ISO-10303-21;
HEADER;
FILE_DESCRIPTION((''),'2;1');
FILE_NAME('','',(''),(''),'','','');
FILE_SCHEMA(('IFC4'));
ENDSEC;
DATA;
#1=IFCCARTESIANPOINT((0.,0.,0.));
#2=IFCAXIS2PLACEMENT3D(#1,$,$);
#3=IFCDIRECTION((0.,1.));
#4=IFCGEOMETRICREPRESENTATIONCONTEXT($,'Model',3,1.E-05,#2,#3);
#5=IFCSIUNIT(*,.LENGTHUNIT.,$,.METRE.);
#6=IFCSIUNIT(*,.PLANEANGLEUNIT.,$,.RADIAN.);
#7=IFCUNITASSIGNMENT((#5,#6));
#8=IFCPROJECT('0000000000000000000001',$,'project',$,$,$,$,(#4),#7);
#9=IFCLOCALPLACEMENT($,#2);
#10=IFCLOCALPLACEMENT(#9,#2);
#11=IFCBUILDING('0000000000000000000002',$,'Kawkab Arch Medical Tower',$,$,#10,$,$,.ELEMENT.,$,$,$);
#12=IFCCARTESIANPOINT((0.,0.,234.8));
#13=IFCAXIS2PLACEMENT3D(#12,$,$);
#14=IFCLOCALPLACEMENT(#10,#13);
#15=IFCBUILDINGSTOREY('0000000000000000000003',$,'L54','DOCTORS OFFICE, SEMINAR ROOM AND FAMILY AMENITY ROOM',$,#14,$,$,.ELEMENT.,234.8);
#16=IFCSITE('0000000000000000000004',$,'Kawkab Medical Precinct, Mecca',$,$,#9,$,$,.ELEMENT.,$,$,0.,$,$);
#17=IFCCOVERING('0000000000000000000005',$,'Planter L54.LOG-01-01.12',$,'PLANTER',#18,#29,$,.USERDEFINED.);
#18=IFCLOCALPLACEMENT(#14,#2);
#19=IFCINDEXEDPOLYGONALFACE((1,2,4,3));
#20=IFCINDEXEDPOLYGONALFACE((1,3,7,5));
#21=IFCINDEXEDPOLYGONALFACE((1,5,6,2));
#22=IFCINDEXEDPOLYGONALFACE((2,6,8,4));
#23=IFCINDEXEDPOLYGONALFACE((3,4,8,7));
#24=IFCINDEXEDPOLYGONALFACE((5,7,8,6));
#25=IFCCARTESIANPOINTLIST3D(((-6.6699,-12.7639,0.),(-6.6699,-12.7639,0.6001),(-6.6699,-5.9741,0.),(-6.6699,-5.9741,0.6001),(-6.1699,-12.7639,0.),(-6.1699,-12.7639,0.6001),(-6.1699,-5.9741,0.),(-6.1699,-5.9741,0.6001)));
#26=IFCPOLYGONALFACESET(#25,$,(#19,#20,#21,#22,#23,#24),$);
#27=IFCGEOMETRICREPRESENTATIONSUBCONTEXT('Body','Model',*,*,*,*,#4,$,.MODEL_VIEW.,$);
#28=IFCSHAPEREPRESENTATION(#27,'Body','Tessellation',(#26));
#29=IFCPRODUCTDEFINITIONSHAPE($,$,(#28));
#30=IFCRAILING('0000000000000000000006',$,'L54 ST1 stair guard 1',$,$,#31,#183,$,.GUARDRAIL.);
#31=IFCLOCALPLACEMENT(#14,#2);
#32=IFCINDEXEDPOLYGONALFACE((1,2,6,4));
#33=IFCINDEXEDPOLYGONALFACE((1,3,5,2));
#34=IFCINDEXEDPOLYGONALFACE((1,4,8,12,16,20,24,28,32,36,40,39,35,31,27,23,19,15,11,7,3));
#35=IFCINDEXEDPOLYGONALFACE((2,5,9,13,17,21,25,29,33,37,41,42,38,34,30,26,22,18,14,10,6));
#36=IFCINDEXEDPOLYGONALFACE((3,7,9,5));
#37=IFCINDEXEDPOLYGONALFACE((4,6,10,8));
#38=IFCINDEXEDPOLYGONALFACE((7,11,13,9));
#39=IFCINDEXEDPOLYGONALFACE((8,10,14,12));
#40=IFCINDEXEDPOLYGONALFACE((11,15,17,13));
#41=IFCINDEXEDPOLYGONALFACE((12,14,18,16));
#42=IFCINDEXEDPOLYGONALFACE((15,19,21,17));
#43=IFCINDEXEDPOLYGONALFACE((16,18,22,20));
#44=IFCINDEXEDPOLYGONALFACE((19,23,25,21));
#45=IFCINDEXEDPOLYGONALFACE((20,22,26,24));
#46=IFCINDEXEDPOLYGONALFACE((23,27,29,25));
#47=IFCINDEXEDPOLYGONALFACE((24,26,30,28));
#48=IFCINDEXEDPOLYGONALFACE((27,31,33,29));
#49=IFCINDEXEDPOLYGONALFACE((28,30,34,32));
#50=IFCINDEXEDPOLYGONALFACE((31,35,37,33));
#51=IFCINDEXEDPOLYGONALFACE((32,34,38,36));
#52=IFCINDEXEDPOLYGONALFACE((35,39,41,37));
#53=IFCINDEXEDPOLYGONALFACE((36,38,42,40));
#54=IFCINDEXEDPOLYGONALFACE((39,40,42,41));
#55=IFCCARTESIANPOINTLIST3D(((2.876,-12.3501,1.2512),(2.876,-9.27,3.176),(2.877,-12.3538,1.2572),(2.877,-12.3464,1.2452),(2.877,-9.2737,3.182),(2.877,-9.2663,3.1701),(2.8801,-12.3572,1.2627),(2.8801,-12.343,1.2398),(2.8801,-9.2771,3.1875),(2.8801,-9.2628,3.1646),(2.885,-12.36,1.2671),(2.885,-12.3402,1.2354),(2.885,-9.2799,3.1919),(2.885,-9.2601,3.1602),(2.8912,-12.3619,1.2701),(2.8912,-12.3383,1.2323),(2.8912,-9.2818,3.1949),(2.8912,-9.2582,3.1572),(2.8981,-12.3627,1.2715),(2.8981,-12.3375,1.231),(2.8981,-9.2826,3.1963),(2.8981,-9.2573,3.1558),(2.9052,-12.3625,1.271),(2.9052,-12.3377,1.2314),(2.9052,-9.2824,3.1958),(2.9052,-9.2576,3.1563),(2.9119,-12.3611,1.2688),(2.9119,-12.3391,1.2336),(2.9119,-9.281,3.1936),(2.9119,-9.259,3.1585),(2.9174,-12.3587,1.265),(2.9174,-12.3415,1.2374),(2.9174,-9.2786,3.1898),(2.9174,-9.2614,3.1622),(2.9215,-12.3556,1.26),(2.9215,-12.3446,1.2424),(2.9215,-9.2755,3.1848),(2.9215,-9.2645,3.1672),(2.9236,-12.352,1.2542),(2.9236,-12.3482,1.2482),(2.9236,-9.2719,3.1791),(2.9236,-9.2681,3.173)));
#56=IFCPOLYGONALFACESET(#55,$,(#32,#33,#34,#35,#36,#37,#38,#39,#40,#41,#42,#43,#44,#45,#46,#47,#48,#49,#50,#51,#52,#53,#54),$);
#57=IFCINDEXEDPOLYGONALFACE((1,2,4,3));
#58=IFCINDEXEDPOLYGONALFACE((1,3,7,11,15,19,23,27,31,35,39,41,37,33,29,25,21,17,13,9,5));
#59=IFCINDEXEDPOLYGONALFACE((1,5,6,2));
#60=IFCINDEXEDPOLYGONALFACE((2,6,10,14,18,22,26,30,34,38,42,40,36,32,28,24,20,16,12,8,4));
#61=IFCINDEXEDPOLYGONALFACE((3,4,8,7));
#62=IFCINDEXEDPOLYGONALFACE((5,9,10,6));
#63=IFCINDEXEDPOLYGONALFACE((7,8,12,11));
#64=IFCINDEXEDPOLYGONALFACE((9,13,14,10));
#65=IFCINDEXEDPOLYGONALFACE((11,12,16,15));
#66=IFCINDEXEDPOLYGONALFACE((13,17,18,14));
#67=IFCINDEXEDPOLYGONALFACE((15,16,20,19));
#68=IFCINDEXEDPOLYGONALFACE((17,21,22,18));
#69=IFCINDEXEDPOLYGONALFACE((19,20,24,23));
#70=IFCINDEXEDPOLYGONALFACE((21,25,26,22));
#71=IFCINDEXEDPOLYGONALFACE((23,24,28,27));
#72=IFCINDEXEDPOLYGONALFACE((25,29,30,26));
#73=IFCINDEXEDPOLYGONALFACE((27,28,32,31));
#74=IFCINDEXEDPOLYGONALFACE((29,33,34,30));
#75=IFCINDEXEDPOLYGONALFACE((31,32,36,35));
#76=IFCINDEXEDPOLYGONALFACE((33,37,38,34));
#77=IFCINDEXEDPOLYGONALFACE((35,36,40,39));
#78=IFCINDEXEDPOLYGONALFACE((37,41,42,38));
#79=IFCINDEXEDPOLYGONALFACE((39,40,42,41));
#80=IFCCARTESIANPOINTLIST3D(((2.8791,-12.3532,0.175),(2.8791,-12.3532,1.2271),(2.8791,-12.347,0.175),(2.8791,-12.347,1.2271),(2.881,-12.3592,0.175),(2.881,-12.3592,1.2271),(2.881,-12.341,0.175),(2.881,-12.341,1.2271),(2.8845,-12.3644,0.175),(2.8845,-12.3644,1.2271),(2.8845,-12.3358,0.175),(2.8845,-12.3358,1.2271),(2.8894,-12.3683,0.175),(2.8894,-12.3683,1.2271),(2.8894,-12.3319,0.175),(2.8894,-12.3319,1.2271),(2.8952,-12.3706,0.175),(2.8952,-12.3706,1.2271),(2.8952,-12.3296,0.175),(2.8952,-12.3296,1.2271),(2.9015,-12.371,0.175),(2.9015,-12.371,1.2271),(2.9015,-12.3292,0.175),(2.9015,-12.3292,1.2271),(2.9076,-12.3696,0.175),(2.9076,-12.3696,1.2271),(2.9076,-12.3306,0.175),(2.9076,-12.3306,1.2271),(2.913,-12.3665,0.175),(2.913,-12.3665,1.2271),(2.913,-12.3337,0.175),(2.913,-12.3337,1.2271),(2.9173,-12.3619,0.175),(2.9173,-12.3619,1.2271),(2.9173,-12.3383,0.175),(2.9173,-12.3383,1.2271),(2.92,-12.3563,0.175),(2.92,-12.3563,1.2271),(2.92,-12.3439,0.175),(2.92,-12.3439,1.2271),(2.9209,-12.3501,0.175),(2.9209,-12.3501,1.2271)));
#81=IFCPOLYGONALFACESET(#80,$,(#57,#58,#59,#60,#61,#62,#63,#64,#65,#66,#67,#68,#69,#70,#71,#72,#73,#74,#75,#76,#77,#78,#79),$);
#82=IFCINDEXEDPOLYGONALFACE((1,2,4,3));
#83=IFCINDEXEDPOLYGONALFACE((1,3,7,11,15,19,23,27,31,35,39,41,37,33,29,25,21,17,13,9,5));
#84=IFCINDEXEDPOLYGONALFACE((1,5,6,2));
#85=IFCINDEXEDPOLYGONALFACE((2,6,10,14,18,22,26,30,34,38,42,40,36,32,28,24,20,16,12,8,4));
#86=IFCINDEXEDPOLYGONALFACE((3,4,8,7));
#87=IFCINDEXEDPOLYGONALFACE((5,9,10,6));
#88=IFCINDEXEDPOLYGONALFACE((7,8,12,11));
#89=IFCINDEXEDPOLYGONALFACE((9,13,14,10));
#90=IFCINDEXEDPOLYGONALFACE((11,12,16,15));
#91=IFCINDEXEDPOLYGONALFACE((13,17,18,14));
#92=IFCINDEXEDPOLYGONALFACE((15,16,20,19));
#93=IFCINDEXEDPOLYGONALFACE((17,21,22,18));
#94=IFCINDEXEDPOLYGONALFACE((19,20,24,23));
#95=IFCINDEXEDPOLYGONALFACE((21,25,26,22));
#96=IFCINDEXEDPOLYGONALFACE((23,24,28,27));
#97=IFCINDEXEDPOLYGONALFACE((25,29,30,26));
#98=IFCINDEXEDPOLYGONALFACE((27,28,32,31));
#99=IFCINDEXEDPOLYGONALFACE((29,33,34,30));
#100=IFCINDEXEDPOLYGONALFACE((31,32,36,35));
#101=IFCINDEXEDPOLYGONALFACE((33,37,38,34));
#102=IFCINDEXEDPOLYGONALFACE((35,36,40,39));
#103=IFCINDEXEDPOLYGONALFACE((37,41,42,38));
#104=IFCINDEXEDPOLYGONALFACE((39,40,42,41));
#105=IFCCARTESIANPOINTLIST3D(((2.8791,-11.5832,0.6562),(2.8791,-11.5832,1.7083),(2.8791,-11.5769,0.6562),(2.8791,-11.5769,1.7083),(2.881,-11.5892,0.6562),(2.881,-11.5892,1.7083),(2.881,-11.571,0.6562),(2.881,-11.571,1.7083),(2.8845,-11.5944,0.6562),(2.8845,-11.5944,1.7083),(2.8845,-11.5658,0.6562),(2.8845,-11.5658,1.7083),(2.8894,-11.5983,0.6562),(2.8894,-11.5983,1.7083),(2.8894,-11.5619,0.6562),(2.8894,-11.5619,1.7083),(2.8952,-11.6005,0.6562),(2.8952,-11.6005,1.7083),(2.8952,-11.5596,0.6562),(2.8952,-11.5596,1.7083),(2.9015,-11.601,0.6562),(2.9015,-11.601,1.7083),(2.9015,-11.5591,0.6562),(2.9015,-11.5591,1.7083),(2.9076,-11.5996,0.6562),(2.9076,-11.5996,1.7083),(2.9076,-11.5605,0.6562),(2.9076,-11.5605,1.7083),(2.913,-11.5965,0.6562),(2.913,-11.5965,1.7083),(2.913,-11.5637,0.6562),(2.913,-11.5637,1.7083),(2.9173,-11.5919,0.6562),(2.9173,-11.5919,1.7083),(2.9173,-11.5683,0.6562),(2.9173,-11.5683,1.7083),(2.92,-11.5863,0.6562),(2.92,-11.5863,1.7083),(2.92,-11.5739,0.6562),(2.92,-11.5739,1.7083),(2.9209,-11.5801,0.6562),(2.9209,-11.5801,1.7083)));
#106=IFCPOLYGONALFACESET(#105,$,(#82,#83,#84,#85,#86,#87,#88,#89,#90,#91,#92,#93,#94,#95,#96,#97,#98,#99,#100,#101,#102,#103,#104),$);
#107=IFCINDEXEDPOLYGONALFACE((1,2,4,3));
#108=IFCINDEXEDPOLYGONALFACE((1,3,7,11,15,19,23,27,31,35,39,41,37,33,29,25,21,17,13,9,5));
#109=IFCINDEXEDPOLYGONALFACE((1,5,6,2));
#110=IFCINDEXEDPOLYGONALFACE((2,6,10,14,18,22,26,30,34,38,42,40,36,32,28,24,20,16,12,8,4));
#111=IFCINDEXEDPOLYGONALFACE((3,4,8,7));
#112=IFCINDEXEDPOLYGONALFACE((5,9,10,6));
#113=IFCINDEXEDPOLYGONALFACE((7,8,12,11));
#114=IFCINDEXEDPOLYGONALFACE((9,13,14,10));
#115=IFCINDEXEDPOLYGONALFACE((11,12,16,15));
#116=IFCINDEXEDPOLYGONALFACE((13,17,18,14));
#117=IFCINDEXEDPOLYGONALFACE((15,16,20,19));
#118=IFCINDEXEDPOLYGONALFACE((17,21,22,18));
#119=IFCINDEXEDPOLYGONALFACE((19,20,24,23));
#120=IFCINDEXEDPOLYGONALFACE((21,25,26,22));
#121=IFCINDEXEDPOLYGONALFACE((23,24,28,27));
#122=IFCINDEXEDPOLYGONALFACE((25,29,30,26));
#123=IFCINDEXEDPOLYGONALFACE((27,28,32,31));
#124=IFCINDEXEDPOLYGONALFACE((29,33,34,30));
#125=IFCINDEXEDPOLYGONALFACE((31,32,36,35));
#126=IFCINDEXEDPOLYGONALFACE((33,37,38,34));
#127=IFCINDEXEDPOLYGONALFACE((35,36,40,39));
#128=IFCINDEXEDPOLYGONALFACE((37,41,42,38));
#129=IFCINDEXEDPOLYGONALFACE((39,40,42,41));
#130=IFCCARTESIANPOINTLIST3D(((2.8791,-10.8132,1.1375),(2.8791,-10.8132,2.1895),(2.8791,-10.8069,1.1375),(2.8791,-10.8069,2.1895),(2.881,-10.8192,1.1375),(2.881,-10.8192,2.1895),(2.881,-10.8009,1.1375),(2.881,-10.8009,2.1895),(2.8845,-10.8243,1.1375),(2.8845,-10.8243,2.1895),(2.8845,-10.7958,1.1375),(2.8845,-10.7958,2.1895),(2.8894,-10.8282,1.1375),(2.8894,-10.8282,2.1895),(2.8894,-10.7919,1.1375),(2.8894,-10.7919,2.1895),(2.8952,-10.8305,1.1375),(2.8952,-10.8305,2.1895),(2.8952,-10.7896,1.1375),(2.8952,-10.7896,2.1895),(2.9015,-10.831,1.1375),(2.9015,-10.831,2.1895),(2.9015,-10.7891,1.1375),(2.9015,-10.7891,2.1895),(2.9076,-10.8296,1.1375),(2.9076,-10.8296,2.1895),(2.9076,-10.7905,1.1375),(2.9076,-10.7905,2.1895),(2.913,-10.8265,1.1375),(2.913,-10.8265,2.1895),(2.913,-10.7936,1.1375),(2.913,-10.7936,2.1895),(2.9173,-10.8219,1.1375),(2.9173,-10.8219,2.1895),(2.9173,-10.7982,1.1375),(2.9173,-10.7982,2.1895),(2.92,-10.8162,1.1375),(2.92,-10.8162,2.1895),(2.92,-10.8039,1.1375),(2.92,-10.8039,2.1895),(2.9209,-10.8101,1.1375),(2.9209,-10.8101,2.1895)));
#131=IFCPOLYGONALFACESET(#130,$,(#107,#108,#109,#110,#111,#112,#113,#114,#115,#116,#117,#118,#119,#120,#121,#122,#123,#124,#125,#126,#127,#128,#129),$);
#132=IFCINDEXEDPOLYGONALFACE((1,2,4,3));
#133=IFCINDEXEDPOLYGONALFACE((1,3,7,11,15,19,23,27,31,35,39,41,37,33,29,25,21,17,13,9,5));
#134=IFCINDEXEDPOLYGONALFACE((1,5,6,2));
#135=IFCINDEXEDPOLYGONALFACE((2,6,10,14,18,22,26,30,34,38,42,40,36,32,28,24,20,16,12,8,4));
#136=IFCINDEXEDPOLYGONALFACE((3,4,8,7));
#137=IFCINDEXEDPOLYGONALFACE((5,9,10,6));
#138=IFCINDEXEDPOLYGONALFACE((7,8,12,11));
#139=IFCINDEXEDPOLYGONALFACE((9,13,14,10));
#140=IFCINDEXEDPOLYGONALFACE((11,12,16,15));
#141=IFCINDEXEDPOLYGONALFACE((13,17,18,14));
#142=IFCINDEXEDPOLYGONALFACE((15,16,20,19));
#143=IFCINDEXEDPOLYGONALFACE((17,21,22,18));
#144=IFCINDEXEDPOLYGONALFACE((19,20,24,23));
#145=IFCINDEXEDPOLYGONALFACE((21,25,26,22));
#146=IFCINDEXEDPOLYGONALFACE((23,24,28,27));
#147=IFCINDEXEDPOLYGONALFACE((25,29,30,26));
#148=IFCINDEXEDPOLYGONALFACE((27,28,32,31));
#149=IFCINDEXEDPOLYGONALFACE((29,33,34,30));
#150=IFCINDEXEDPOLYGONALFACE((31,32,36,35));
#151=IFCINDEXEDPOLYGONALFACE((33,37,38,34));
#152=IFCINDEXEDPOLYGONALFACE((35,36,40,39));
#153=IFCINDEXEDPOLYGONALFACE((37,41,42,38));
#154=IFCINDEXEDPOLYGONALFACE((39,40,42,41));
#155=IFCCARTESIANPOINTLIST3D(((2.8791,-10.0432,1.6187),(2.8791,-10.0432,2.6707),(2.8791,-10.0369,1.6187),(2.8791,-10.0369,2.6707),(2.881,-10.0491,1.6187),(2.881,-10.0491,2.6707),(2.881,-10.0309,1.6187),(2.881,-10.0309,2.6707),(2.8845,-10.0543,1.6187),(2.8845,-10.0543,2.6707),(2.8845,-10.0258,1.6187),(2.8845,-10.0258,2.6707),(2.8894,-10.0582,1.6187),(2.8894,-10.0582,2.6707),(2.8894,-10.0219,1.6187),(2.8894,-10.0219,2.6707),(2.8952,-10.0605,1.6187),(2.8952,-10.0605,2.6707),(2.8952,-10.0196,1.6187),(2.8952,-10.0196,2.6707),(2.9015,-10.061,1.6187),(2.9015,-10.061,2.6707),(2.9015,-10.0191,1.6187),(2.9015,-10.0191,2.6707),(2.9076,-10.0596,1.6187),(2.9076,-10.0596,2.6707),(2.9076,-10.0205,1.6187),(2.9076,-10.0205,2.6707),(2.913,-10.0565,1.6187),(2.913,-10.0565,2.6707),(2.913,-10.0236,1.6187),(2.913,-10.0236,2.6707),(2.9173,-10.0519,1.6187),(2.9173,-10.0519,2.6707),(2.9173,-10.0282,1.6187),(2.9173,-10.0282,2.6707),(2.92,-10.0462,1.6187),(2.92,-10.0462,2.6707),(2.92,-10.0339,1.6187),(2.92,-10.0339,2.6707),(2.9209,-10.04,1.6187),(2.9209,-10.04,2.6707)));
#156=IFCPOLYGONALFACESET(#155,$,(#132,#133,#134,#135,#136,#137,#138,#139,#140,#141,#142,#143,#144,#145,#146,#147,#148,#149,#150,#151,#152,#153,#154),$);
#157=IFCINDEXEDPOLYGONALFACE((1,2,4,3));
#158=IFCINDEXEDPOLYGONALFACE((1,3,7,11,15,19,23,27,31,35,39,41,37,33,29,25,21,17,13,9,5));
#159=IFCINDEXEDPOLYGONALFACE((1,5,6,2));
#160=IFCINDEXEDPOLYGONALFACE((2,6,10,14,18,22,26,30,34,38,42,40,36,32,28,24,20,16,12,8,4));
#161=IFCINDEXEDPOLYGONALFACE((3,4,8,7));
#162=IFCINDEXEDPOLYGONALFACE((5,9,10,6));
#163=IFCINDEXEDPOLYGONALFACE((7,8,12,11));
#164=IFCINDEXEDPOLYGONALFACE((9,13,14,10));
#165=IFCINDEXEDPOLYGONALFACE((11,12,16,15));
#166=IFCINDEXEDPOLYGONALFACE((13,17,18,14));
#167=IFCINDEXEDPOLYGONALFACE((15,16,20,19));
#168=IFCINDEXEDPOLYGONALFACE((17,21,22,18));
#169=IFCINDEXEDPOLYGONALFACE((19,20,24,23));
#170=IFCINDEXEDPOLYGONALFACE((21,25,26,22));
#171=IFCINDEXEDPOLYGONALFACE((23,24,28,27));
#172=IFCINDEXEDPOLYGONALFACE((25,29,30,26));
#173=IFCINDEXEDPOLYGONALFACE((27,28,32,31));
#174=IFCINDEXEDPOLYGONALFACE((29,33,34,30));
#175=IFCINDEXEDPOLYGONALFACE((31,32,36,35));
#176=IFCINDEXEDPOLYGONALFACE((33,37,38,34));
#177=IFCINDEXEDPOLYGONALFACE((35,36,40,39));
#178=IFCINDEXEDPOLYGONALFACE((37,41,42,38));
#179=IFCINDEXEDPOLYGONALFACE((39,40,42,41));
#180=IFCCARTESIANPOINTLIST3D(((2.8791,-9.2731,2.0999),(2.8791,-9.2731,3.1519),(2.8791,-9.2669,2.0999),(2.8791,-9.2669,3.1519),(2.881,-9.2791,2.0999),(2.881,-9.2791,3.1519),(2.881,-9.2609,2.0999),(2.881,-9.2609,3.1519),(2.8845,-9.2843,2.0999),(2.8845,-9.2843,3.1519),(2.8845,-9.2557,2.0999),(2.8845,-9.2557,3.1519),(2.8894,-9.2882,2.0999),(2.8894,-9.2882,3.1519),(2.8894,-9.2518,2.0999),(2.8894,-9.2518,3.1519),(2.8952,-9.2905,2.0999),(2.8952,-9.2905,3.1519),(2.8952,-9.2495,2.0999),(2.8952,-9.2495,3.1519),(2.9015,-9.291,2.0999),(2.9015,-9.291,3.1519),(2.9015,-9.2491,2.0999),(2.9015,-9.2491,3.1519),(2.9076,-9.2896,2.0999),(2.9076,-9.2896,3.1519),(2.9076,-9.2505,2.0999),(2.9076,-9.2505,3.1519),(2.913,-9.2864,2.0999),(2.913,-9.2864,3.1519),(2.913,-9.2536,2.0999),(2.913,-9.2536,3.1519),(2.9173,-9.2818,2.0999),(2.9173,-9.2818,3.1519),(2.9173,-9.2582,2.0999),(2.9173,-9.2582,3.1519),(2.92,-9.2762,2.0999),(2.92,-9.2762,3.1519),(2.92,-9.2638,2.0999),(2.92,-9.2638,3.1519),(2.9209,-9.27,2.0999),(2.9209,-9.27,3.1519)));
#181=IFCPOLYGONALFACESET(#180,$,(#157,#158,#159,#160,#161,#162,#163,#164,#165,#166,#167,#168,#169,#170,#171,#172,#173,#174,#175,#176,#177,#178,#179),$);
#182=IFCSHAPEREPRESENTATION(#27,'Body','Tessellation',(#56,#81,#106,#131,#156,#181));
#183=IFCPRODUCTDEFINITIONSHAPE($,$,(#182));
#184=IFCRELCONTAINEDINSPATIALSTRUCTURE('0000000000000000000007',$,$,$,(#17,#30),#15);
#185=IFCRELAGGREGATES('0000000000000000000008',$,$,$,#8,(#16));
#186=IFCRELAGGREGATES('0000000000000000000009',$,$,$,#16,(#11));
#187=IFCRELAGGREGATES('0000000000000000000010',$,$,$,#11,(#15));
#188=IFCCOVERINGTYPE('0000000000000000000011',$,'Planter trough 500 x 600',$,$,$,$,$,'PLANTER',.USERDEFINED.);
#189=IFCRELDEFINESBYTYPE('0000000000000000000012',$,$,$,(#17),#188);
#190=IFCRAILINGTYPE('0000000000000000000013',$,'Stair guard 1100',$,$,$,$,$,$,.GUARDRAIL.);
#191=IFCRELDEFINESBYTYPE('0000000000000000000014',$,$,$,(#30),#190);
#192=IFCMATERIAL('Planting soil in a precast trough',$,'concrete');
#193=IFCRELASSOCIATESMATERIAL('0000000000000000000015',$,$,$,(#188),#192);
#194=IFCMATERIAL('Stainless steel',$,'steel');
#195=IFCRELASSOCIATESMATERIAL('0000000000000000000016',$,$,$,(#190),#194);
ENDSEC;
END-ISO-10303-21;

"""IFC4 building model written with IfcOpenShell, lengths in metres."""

from ifc_helpers import new_model, si_unit, direction, frame, origin, origin_2d, place, context, subcontext, project, spatial, rectangle, circle, extrude, material, material_profile, profile_set, type_object, element, save


model = new_model("IFC4")

# Units and contexts
model_context = context("Model", 3, precision=1e-05, world=origin(), true_north=direction((0.0, 1.0)))
body_context = subcontext(model_context, "Body", "Model", "MODEL_VIEW")
ifc_project = project(units=[si_unit("LENGTHUNIT", "METRE"), si_unit("PLANEANGLEUNIT", "RADIAN")], contexts=[model_context])

# Site, building, storey
site_placement = place(None, origin())
site = spatial("IfcSite", under=ifc_project, at=site_placement, Name="Kawkab Medical Precinct, Mecca", CompositionType="ELEMENT", RefElevation=0.0)
building_placement = place(site_placement, origin())
building = spatial("IfcBuilding", under=site, at=building_placement, Name="Kawkab Arch Medical Tower", CompositionType="ELEMENT")
storey_placement = place(building_placement, frame((0.0, 0.0, 234.8)))
storey = spatial("IfcBuildingStorey", under=building, at=storey_placement, Name="L54", Description="DOCTORS OFFICE, SEMINAR ROOM AND FAMILY AMENITY ROOM", CompositionType="ELEMENT", Elevation=234.8)

# Covering
ifc_material_1 = material(Name="Planting soil in a precast trough", Category="concrete")
ifc_material_profile_1 = material_profile(ifc_material_1, rectangle(XDim=0.5, YDim=0.6001, at=origin_2d()), Name="Trough 500x600")
ifc_profile_set_1 = profile_set([ifc_material_profile_1], Name="Planting soil in a precast trough")
covering_type_1 = type_object("IfcCoveringType", Name="Planter trough 500 x 600", ElementType="PLANTER", PredefinedType="USERDEFINED", material=ifc_profile_set_1)
covering_1_placement = place(storey_placement, frame((-6.4199, -12.7639, 0.3), z_axis=(0.0, 1.0, 0.0), x_axis=(-1.0, 0.0, 0.0)))
element("IfcCovering", 1, at=covering_1_placement, inside=storey, type_object=covering_type_1, Name="Planter L54.LOG-01-01.12", ObjectType="PLANTER", PredefinedType="USERDEFINED", context=body_context, shape_type="SweptSolid", body=[
    extrude(rectangle(XDim=0.5, YDim=0.6001, at=origin_2d()), origin(), (0.0, 0.0, 1.0), 6.7898),
])

# Railing
ifc_material_2 = material(Name="Stainless steel", Category="steel")
railing_type_1 = type_object("IfcRailingType", Name="Stair guard 1100", PredefinedType="GUARDRAIL", material=ifc_material_2)
railing_1_placement = place(storey_placement, frame((2.8999, -12.3501, 0.175)))
element("IfcRailing", 2, at=railing_1_placement, inside=storey, type_object=railing_type_1, Name="L54 ST1 stair guard 1", PredefinedType="GUARDRAIL", context=body_context, shape_type="SweptSolid", body=[
    extrude(circle(Radius=0.0239, at=origin_2d()), frame((0.0, 0.0, 1.0762), z_axis=(0.0, 0.848029, 0.529951), x_axis=(-1.0, 0.0, 0.0)), (0.0, 0.0, 1.0), 3.6321),
    extrude(circle(Radius=0.021, at=origin_2d()), origin(), (0.0, 0.0, 1.0), 1.052),
    extrude(circle(Radius=0.021, at=origin_2d()), frame((0.0, 0.77, 0.4812)), (0.0, 0.0, 1.0), 1.052),
    extrude(circle(Radius=0.021, at=origin_2d()), frame((0.0, 1.54, 0.9624)), (0.0, 0.0, 1.0), 1.052),
    extrude(circle(Radius=0.021, at=origin_2d()), frame((0.0, 2.3101, 1.4436)), (0.0, 0.0, 1.0), 1.052),
    extrude(circle(Radius=0.021, at=origin_2d()), frame((0.0, 3.0801, 1.9248)), (0.0, 0.0, 1.0), 1.052),
])

save(model, "model.ifc")
